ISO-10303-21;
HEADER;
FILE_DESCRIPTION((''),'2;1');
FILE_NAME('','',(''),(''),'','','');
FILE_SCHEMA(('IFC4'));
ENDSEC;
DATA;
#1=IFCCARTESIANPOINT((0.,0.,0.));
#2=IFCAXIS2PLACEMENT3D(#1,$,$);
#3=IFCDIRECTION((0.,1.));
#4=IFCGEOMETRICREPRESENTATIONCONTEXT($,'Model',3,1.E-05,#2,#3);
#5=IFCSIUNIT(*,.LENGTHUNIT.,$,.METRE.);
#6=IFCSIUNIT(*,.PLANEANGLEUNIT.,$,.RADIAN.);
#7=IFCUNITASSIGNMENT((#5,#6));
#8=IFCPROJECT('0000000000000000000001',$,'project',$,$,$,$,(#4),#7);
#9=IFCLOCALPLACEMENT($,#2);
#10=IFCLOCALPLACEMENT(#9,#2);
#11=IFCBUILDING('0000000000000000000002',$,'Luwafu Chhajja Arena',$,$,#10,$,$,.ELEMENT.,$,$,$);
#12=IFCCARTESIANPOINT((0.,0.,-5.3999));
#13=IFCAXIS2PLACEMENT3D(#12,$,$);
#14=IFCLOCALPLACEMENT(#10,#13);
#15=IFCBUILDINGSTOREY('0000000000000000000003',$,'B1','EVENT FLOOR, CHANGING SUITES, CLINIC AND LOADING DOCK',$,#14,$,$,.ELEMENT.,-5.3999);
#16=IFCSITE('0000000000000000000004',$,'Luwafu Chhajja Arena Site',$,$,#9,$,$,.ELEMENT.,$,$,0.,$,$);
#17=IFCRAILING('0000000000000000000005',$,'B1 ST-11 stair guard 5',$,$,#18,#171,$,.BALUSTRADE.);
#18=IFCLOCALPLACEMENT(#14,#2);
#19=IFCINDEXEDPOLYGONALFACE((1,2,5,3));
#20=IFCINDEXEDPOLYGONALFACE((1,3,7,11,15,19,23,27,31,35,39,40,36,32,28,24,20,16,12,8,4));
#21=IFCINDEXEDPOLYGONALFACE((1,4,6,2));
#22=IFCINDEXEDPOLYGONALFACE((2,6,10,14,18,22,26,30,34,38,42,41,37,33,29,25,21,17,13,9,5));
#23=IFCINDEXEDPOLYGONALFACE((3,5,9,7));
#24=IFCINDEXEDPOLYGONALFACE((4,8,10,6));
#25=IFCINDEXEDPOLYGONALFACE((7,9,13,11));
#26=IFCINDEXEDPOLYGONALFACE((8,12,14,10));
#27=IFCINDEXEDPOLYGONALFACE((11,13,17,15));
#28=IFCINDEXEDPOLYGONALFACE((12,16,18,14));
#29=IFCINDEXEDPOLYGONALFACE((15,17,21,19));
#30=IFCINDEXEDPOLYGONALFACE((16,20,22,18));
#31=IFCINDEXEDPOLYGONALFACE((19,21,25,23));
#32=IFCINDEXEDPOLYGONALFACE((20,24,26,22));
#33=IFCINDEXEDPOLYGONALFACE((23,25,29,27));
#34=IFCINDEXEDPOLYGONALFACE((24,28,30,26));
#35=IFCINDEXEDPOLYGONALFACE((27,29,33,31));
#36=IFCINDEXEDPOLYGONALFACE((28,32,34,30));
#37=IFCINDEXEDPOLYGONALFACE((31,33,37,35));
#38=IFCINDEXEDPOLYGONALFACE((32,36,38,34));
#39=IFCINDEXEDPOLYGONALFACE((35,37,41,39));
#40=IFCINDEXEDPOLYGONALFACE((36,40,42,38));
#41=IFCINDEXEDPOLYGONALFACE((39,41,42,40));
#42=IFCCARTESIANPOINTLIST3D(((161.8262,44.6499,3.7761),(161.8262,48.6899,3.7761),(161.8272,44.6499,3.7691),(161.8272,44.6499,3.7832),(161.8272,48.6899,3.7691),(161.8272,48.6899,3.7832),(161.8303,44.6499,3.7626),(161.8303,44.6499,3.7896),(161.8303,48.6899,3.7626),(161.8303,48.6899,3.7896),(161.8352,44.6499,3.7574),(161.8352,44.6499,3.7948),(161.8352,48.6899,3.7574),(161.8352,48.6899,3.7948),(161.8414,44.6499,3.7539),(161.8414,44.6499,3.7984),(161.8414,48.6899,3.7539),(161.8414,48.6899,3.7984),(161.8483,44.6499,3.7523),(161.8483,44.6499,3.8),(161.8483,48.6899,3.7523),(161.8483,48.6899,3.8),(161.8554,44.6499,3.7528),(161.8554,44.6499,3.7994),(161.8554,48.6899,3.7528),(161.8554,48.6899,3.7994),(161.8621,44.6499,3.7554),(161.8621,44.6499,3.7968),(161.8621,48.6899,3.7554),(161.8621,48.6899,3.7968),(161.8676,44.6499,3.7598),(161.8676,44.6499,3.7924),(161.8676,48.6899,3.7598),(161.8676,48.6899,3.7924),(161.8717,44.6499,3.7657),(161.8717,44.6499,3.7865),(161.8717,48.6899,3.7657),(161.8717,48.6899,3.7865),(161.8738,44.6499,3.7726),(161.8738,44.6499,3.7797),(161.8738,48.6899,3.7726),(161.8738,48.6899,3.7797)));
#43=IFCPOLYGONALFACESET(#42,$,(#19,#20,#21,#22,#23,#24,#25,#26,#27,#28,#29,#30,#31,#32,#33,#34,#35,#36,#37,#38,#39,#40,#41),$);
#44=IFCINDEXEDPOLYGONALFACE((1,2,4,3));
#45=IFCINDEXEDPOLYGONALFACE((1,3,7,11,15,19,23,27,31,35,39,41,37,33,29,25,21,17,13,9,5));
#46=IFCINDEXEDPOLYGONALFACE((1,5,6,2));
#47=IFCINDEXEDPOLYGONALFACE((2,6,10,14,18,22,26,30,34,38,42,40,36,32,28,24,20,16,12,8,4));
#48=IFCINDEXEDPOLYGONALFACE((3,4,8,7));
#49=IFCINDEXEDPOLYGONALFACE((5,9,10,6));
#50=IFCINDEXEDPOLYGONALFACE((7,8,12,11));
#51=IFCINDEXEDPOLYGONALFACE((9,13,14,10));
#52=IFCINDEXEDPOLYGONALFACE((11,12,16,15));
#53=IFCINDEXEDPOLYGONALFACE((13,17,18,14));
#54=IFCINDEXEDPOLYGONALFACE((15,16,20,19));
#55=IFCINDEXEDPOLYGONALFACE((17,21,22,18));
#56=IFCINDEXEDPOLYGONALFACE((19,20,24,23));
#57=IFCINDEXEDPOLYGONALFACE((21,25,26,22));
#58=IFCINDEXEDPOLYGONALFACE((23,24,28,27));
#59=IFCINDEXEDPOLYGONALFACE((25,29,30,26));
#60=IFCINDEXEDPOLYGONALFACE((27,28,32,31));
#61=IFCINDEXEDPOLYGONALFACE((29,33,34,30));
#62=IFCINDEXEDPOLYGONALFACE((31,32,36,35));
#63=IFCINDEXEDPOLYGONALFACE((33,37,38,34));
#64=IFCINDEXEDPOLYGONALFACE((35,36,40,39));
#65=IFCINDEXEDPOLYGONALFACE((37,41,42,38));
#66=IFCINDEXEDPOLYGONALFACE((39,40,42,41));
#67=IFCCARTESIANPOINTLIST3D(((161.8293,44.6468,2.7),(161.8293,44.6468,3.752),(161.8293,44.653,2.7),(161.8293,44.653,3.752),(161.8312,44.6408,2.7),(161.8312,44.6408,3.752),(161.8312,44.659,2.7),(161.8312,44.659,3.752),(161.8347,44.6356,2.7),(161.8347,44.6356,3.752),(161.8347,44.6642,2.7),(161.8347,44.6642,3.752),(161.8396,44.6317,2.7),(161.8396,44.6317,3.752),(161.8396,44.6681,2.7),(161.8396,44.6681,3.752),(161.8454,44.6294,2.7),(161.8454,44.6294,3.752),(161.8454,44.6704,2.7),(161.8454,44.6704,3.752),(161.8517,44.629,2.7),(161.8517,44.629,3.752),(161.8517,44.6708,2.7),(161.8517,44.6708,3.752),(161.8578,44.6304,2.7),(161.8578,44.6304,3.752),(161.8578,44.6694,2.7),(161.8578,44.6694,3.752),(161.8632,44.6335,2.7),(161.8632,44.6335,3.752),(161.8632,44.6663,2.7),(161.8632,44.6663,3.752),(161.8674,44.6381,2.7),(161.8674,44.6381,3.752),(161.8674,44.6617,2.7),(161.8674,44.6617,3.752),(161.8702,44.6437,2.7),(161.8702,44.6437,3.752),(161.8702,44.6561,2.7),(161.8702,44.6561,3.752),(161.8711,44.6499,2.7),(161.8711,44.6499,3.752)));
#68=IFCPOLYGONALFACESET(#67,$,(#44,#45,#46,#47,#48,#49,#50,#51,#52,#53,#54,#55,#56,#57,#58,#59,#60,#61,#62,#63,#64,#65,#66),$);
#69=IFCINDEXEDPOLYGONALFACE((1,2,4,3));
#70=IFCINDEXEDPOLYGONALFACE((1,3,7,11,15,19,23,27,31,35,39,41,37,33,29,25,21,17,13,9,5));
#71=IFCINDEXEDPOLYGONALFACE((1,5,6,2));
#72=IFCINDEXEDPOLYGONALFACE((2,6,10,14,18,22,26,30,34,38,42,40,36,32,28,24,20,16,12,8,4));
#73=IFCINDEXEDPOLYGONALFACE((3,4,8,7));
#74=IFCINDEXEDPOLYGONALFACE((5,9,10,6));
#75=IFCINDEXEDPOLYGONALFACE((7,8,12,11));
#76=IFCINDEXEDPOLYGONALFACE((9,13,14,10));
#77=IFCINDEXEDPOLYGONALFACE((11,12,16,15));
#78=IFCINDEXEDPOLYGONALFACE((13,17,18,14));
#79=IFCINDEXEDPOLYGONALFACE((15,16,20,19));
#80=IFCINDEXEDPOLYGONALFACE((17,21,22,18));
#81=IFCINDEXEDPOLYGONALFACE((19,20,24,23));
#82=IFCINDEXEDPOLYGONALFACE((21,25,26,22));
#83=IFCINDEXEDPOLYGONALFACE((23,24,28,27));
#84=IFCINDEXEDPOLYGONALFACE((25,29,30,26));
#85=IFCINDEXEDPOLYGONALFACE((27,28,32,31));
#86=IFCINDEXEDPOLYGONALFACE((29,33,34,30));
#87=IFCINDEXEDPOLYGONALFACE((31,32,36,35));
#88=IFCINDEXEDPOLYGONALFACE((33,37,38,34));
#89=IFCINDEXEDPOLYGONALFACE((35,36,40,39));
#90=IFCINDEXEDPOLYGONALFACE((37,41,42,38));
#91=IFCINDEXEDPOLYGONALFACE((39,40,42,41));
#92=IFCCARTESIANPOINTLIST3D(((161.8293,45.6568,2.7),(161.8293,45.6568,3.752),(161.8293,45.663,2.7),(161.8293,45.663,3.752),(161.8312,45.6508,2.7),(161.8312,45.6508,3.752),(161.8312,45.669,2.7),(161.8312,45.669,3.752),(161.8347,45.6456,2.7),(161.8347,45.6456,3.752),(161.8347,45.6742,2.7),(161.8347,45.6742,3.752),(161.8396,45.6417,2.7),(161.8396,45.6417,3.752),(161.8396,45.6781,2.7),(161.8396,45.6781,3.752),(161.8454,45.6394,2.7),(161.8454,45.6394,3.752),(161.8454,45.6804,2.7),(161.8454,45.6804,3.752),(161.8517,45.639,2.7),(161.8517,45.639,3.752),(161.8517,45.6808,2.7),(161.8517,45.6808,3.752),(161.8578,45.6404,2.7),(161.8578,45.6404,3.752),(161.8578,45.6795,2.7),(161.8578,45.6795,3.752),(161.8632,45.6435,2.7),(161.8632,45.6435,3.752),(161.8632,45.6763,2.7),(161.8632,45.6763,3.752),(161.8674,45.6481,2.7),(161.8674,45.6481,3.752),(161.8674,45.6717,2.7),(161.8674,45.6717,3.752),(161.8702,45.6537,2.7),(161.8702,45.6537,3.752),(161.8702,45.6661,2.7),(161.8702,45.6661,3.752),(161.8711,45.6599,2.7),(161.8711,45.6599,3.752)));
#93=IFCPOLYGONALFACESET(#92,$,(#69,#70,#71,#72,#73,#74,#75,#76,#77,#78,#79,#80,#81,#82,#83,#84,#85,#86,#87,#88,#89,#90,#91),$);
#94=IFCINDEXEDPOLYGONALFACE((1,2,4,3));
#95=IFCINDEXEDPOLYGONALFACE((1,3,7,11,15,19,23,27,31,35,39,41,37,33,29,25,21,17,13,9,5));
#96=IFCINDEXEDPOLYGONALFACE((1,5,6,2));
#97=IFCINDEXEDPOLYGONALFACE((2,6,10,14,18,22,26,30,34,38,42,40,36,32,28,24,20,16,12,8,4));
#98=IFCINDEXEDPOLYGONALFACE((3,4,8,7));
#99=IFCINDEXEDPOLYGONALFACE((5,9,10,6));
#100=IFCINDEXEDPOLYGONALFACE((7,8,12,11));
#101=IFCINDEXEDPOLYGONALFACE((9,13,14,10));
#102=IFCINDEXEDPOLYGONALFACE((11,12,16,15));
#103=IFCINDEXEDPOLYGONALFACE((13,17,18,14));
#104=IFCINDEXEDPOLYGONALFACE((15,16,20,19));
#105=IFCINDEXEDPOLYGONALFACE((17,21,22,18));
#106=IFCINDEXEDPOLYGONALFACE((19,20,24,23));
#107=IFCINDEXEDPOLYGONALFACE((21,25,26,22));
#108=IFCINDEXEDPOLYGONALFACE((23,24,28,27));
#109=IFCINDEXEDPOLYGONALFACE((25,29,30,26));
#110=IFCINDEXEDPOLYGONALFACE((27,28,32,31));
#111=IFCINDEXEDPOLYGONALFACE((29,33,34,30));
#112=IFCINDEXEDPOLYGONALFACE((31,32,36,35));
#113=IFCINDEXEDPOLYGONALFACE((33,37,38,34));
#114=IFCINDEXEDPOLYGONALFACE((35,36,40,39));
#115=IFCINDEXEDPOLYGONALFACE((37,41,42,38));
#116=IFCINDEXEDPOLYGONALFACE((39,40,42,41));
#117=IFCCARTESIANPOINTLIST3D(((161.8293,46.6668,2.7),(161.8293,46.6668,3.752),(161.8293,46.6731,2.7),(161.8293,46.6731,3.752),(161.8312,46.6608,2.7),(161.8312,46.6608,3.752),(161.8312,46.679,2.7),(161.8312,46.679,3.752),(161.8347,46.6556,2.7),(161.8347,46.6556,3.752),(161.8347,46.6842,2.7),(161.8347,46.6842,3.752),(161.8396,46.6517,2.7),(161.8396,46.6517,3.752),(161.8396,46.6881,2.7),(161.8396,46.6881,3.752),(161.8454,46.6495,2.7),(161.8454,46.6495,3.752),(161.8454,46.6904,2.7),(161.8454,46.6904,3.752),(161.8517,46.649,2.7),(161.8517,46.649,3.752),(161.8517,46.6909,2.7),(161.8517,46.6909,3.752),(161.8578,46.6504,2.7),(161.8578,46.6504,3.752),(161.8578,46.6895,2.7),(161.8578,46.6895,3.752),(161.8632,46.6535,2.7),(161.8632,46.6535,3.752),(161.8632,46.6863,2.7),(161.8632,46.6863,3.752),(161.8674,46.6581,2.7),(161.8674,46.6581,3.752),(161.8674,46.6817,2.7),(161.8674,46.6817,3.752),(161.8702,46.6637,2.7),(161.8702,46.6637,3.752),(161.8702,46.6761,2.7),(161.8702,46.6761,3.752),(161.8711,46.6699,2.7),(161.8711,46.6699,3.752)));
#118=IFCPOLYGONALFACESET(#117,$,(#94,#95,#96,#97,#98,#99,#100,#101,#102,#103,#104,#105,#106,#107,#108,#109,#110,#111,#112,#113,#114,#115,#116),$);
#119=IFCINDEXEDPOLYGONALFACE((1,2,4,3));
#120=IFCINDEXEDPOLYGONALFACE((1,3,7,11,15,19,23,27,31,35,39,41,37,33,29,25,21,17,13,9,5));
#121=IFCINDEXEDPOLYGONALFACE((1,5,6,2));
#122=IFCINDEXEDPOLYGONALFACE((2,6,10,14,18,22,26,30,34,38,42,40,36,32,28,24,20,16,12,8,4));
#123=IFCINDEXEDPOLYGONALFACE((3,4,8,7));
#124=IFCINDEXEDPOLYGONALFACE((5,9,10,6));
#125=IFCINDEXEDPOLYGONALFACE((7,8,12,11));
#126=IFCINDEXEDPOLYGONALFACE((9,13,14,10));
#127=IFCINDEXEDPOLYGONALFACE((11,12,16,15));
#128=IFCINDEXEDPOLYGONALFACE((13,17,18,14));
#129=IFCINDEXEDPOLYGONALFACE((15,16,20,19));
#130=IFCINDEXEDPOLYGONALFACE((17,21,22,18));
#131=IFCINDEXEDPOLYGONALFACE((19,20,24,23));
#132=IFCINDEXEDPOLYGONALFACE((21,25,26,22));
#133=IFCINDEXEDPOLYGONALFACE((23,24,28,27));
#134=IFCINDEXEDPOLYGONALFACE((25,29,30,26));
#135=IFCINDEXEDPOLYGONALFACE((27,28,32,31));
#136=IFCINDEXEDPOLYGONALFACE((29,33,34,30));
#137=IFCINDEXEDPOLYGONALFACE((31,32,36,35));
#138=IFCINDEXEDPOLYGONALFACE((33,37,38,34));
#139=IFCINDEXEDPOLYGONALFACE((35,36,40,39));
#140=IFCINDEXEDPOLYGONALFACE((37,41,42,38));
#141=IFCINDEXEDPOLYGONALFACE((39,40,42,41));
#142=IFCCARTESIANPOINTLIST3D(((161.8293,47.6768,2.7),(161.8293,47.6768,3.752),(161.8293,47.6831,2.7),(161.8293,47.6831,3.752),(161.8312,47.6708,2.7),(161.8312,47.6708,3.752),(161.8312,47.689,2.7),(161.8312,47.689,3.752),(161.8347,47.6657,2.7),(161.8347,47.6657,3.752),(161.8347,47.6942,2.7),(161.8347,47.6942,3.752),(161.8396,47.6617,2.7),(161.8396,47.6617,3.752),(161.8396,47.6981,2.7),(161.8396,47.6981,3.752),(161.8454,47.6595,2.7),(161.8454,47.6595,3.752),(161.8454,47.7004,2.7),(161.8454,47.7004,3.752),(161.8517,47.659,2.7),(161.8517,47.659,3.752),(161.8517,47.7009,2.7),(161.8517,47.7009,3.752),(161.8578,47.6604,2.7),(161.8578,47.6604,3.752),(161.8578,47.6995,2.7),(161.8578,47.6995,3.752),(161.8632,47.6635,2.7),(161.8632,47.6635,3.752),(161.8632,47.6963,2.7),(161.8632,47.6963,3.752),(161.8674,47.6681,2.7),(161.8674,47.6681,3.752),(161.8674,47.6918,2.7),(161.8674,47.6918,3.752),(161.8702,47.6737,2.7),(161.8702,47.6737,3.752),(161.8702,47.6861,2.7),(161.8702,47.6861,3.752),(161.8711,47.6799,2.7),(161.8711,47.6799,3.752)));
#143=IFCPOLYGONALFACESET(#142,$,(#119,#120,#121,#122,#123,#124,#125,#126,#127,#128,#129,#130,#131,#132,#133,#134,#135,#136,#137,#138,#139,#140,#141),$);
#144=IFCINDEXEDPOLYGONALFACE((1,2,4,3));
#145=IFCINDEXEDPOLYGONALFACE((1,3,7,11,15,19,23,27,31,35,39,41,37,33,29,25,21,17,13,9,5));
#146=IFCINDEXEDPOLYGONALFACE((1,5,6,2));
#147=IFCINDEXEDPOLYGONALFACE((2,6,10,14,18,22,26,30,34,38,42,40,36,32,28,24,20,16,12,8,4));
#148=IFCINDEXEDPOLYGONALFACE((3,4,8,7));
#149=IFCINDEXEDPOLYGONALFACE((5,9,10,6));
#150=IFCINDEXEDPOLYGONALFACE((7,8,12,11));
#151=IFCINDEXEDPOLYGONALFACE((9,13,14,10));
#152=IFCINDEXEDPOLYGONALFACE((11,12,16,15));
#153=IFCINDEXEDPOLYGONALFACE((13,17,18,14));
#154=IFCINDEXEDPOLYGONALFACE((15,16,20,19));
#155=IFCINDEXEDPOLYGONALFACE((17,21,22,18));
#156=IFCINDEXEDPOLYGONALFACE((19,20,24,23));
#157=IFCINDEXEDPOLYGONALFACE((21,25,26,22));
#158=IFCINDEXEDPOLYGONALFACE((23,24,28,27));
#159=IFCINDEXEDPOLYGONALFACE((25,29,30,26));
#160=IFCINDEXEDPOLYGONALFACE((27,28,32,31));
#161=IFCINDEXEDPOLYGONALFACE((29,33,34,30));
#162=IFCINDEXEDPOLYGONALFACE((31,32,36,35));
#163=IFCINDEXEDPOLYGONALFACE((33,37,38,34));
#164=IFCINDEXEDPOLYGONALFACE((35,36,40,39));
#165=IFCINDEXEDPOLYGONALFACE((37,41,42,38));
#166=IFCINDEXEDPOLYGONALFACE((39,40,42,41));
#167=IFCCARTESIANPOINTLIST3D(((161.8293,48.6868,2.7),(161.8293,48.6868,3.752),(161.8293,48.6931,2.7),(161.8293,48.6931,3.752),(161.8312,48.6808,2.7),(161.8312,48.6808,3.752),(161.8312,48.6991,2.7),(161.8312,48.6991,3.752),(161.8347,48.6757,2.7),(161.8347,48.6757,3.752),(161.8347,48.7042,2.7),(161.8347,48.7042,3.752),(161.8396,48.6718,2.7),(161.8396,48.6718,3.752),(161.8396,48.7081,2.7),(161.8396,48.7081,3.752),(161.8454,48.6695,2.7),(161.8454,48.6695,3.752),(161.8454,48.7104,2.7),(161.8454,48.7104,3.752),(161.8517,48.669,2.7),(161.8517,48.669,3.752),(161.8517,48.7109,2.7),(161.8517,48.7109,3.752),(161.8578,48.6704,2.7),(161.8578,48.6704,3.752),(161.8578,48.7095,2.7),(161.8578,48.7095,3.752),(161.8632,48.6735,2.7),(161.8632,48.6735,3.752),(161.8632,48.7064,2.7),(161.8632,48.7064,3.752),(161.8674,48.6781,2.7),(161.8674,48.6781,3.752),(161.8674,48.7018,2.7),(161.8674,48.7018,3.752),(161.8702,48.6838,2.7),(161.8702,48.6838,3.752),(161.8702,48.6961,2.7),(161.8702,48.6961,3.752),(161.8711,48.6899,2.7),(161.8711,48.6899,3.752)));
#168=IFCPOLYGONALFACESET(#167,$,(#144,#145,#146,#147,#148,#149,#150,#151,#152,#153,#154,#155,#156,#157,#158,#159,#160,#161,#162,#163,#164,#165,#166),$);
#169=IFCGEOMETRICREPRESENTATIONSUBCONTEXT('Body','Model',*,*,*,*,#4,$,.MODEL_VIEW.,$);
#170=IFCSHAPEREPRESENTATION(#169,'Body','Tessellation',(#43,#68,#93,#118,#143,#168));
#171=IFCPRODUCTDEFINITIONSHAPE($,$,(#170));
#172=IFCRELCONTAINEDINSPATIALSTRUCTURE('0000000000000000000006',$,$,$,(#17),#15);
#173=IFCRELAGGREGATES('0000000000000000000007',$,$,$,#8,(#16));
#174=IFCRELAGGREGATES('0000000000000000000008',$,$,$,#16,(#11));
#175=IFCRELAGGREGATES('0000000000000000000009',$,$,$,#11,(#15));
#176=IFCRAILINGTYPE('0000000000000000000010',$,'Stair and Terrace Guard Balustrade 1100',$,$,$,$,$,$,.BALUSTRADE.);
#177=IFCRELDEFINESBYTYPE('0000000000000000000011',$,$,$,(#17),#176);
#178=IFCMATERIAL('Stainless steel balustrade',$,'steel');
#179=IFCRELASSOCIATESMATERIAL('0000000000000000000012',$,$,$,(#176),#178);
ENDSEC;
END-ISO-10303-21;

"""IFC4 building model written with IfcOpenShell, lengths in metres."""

from ifc_helpers import new_model, si_unit, direction, frame, origin, origin_2d, place, context, subcontext, project, spatial, circle, extrude, material, type_object, element, save


model = new_model("IFC4")

# Units and contexts
model_context = context("Model", 3, precision=1e-05, world=origin(), true_north=direction((0.0, 1.0)))
body_context = subcontext(model_context, "Body", "Model", "MODEL_VIEW")
ifc_project = project(units=[si_unit("LENGTHUNIT", "METRE"), si_unit("PLANEANGLEUNIT", "RADIAN")], contexts=[model_context])

# Site, building, storey
site_placement = place(None, origin())
site = spatial("IfcSite", under=ifc_project, at=site_placement, Name="Luwafu Chhajja Arena Site", CompositionType="ELEMENT", RefElevation=0.0)
building_placement = place(site_placement, origin())
building = spatial("IfcBuilding", under=site, at=building_placement, Name="Luwafu Chhajja Arena", CompositionType="ELEMENT")
storey_placement = place(building_placement, frame((0.0, 0.0, -5.3999)))
storey = spatial("IfcBuildingStorey", under=building, at=storey_placement, Name="B1", Description="EVENT FLOOR, CHANGING SUITES, CLINIC AND LOADING DOCK", CompositionType="ELEMENT", Elevation=-5.3999)

# Railing
ifc_material_1 = material(Name="Stainless steel balustrade", Category="steel")
railing_type_1 = type_object("IfcRailingType", Name="Stair and Terrace Guard Balustrade 1100", PredefinedType="BALUSTRADE", material=ifc_material_1)
railing_1_placement = place(storey_placement, frame((161.8501, 44.6499, 2.7)))
element("IfcRailing", 1, at=railing_1_placement, inside=storey, type_object=railing_type_1, Name="B1 ST-11 stair guard 5", PredefinedType="BALUSTRADE", context=body_context, shape_type="SweptSolid", body=[
    extrude(circle(Radius=0.0239, at=origin_2d()), frame((0.0, 0.0, 1.0762), z_axis=(0.0, 1.0, 0.0), x_axis=(-1.0, 0.0, 0.0)), (0.0, 0.0, 1.0), 4.04),
    extrude(circle(Radius=0.021, at=origin_2d()), origin(), (0.0, 0.0, 1.0), 1.052),
    extrude(circle(Radius=0.021, at=origin_2d()), frame((0.0, 1.01, 0.0)), (0.0, 0.0, 1.0), 1.052),
    extrude(circle(Radius=0.021, at=origin_2d()), frame((0.0, 2.02, 0.0)), (0.0, 0.0, 1.0), 1.052),
    extrude(circle(Radius=0.021, at=origin_2d()), frame((0.0, 3.03, 0.0)), (0.0, 0.0, 1.0), 1.052),
    extrude(circle(Radius=0.021, at=origin_2d()), frame((0.0, 4.04, 0.0)), (0.0, 0.0, 1.0), 1.052),
])

save(model, "model.ifc")
